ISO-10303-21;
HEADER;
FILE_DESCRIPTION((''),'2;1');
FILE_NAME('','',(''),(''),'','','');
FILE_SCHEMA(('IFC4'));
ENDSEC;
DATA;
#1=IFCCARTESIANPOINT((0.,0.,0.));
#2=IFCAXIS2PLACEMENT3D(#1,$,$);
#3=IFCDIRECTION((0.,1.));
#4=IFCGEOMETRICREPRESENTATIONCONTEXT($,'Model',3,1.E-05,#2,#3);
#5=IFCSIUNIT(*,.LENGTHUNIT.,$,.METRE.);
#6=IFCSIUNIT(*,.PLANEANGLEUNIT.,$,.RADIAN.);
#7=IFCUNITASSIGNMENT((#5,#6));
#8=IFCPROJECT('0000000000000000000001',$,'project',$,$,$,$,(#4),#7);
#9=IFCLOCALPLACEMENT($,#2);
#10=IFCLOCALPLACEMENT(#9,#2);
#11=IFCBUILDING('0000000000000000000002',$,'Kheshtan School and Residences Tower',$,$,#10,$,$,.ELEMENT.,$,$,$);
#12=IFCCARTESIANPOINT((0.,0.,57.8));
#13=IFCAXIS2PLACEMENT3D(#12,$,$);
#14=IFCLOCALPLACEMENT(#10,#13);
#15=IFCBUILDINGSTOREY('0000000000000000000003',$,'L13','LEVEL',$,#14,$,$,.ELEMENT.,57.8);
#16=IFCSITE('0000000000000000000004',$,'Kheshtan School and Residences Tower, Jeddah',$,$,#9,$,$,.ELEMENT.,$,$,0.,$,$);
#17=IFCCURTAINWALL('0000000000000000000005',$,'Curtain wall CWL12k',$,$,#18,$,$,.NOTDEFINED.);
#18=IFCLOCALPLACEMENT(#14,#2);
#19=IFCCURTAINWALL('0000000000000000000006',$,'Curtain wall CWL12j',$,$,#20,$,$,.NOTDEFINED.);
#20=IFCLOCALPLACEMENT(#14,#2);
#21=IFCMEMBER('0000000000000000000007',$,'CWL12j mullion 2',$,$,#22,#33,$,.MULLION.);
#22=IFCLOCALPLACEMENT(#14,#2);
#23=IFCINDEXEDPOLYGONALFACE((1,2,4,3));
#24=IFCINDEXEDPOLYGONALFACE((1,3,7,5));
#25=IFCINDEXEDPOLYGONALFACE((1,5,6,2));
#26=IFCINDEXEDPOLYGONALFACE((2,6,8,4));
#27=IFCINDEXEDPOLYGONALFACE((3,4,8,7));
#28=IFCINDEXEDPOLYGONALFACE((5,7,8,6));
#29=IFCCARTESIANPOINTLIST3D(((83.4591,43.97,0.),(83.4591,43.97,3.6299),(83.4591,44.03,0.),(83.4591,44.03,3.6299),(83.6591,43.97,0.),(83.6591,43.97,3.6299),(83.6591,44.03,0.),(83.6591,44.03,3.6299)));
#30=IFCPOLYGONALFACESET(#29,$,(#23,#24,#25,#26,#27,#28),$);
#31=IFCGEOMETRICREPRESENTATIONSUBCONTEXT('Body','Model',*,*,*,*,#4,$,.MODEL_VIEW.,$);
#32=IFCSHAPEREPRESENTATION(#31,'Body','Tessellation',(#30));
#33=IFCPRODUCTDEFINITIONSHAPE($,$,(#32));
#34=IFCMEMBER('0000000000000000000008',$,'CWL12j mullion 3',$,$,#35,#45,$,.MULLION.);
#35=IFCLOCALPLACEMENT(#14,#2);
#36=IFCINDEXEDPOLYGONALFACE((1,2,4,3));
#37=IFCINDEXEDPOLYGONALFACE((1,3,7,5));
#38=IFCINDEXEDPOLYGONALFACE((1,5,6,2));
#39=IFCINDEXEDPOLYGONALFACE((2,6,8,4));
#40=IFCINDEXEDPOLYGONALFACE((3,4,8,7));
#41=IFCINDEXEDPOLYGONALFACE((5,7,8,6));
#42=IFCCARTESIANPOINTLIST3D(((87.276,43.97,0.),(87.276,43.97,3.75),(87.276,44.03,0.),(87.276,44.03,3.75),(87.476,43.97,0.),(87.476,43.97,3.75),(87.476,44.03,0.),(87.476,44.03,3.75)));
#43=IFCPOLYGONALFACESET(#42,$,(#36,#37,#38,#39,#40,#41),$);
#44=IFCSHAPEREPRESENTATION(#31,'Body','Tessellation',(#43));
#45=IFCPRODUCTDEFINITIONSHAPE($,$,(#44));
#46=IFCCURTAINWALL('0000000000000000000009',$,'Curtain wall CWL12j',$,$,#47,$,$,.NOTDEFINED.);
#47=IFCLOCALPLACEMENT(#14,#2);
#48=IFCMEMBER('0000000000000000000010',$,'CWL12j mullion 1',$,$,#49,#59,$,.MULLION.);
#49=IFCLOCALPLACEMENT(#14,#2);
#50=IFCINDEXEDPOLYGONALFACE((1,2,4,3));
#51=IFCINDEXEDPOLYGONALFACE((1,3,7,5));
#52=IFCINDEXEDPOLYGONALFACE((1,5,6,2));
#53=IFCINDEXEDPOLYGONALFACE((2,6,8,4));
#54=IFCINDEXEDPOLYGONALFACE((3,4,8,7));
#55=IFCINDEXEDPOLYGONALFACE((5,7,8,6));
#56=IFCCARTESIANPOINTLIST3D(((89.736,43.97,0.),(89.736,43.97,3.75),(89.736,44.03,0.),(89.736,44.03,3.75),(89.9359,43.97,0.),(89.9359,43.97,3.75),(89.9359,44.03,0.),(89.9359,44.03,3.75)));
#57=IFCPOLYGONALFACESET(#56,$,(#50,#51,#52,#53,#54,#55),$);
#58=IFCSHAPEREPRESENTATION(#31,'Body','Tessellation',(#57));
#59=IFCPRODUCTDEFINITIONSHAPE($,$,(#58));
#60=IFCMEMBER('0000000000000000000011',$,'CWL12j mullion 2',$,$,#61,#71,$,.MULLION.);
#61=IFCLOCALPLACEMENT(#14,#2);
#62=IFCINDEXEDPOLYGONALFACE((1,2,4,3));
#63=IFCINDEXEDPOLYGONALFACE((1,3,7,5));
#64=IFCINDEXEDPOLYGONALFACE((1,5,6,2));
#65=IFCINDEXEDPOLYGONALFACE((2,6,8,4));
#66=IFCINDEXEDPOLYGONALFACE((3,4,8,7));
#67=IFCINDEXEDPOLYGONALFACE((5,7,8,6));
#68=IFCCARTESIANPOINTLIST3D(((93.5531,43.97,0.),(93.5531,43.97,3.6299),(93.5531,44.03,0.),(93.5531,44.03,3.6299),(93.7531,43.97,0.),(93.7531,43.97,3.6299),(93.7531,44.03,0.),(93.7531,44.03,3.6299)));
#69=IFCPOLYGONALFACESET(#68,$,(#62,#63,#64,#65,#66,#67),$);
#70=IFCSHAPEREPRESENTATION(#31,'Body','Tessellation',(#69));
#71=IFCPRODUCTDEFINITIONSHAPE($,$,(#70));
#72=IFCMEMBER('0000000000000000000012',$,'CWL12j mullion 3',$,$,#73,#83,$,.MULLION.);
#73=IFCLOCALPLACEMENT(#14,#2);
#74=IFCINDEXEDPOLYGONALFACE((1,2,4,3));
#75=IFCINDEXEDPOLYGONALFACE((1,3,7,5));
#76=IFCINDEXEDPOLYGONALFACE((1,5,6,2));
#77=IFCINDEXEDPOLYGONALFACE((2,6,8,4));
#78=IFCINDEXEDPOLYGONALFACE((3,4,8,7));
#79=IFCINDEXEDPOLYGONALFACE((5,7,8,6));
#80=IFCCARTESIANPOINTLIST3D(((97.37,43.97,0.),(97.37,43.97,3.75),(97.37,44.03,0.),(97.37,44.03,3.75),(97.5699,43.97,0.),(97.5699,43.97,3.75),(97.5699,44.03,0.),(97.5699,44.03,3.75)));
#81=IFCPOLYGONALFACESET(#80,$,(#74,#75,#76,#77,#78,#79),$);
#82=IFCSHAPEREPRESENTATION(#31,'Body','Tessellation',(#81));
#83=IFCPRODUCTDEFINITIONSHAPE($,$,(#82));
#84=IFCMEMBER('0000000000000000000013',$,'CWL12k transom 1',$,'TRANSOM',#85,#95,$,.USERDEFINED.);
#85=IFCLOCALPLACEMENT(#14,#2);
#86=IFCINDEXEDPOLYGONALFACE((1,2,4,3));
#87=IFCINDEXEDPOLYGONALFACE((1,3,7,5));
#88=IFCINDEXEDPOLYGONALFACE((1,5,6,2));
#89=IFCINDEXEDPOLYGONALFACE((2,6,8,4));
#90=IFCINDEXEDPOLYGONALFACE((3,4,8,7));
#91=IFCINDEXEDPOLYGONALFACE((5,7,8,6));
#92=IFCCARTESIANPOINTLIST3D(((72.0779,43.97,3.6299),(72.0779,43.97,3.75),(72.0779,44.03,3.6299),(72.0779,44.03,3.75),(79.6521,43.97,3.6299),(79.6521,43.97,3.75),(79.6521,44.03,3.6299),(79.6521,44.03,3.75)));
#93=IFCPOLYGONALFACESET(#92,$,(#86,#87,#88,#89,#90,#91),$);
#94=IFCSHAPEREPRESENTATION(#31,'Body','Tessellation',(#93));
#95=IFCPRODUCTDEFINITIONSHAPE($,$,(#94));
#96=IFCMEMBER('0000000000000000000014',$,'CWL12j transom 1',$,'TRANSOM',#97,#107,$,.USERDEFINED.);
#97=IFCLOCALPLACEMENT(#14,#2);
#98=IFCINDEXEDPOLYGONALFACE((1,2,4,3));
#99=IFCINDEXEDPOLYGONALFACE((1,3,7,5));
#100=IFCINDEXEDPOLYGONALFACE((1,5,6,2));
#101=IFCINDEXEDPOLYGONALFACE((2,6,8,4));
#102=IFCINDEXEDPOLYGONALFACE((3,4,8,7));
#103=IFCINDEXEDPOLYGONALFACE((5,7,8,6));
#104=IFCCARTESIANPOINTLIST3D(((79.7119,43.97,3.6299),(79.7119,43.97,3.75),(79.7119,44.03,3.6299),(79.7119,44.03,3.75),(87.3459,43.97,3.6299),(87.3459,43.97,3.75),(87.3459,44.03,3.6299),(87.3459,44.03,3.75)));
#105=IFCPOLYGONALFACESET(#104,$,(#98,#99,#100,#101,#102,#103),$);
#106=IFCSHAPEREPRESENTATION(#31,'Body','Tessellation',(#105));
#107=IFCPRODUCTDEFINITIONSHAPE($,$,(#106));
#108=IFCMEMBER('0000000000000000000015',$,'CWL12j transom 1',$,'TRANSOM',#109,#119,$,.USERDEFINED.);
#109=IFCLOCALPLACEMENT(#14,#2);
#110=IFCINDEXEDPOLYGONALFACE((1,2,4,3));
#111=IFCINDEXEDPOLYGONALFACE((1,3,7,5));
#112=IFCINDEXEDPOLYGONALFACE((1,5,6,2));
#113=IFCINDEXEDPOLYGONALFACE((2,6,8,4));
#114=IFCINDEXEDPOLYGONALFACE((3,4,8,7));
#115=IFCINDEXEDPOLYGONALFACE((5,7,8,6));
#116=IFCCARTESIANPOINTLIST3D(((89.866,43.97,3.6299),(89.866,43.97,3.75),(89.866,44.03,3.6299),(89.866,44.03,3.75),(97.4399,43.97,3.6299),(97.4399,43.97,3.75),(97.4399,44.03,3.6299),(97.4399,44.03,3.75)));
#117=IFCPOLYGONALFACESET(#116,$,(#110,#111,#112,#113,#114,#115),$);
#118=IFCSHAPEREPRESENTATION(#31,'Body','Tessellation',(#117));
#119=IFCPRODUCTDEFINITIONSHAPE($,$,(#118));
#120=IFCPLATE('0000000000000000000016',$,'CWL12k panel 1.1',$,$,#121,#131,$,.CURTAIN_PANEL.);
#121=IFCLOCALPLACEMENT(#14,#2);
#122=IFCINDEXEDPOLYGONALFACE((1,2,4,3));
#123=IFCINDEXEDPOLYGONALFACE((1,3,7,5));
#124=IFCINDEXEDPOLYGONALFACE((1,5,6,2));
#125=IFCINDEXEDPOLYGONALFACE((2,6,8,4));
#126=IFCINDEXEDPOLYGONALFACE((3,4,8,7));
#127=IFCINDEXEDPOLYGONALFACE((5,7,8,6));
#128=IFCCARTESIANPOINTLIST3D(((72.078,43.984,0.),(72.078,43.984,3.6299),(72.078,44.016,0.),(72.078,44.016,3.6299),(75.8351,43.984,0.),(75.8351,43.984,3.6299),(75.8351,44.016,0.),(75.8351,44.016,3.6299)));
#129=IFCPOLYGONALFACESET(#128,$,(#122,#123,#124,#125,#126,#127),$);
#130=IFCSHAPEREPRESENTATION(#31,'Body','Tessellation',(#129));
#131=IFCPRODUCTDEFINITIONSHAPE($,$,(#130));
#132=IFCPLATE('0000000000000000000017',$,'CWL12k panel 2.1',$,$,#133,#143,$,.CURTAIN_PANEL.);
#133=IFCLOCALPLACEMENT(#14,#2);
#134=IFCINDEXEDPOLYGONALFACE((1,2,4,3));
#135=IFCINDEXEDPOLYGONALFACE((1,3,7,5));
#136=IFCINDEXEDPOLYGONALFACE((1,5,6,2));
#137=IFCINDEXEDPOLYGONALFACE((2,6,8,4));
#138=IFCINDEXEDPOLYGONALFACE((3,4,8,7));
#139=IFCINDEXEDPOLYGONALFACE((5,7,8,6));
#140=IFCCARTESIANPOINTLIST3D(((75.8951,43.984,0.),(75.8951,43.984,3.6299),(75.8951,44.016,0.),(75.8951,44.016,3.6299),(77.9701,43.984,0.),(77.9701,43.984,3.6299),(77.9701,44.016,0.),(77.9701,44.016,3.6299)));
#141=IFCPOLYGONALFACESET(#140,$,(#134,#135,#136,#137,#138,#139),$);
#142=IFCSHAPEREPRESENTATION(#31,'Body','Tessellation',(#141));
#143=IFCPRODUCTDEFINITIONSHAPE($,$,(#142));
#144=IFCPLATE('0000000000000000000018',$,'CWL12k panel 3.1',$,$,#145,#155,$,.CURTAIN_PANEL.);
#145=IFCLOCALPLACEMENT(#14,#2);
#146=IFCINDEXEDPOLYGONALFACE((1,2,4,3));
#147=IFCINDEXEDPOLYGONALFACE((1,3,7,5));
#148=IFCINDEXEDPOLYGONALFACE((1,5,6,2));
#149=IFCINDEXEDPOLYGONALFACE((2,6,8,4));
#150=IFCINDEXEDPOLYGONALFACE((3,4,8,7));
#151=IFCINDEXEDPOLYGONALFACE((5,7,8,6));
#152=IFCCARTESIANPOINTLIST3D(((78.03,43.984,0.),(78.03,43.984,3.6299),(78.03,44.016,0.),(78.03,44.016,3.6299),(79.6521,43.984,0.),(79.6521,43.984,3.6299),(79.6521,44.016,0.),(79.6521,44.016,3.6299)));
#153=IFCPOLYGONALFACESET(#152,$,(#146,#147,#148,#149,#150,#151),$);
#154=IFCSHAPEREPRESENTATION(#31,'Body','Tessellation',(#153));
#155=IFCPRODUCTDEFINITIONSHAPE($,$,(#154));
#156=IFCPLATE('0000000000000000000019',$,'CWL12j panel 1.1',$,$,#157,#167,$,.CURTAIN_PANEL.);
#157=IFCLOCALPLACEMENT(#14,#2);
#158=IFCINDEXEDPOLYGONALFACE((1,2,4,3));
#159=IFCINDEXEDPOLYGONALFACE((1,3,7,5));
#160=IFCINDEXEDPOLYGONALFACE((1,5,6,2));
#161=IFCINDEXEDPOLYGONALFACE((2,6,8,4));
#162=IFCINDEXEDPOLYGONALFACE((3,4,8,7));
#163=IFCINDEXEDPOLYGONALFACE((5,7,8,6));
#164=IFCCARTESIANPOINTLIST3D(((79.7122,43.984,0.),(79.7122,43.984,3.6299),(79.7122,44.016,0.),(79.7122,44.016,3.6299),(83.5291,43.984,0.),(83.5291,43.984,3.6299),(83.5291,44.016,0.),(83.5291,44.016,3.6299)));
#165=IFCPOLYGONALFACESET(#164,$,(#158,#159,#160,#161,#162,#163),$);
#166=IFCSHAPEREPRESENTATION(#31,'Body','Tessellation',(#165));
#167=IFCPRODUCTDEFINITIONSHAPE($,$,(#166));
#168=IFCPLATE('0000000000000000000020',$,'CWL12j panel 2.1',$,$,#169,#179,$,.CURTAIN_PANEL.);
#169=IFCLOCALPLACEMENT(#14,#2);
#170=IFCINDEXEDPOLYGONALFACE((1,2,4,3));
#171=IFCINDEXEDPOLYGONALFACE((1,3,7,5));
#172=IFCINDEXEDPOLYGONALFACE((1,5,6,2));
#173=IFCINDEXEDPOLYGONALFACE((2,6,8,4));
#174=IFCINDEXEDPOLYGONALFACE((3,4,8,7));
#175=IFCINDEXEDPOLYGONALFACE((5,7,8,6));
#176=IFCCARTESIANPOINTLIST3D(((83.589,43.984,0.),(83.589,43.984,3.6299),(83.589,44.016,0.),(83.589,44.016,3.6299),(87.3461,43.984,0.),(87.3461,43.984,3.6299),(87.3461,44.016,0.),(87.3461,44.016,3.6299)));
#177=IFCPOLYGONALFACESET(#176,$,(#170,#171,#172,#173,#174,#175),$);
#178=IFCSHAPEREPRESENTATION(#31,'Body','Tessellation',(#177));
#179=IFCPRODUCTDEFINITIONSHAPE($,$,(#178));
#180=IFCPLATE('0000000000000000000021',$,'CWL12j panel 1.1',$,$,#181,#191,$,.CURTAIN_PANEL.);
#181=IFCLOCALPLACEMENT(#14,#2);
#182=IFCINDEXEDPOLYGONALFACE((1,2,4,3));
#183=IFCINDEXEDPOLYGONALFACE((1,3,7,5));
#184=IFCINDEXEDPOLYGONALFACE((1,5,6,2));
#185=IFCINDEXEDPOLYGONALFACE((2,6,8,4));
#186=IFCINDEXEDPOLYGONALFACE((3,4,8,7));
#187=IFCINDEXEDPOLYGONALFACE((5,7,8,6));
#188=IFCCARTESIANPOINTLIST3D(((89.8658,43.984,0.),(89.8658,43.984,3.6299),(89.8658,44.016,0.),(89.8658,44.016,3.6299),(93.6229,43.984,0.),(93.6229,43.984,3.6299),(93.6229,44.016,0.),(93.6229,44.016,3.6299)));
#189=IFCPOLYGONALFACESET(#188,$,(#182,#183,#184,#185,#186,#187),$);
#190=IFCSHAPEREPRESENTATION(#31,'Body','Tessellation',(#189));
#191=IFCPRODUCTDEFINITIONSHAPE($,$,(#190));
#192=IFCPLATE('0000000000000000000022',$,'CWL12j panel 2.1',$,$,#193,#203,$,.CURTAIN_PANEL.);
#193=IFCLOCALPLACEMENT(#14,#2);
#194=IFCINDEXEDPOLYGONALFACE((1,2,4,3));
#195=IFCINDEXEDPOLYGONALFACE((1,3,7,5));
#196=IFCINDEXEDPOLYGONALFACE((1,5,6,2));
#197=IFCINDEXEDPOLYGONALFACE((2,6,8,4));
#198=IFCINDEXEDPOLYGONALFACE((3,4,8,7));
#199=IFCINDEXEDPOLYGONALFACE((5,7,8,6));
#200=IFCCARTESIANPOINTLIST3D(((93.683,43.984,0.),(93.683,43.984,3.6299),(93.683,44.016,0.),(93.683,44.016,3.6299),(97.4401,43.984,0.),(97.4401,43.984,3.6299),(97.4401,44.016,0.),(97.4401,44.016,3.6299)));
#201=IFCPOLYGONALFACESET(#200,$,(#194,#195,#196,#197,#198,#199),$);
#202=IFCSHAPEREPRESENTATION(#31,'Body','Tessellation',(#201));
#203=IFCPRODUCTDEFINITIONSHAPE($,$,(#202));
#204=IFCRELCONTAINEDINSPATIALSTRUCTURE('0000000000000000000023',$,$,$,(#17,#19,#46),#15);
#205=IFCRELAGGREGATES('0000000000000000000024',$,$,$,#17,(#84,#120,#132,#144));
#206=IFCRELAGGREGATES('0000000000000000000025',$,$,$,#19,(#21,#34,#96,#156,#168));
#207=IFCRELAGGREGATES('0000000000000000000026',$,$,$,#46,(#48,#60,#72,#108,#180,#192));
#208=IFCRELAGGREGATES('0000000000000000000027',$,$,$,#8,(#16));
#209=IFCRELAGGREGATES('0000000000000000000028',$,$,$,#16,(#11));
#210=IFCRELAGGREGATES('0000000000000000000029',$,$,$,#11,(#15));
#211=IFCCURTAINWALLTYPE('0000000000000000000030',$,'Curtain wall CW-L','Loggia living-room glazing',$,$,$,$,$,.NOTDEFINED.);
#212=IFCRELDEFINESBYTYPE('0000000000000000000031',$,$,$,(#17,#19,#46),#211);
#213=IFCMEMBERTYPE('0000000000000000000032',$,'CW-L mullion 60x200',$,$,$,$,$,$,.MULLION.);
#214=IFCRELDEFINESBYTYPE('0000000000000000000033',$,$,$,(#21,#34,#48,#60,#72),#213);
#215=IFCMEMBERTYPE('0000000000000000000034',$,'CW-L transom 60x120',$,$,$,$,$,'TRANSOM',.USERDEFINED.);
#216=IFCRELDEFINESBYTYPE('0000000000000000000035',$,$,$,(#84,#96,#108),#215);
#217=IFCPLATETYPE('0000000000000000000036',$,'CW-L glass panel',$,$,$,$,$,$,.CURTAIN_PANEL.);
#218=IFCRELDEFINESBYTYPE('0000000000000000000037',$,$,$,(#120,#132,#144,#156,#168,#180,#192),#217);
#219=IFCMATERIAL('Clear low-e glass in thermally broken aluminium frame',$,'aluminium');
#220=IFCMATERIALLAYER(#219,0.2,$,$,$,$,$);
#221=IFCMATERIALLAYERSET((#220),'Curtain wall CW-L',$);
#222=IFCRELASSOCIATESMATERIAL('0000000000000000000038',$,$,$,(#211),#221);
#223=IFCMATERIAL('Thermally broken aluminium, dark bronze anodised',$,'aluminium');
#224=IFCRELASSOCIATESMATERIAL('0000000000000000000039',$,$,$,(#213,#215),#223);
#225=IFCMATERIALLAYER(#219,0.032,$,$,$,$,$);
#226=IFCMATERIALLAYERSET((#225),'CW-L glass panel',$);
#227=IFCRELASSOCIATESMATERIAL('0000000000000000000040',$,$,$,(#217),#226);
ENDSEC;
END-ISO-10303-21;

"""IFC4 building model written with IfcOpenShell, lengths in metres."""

from ifc_helpers import new_model, si_unit, direction, frame, origin, origin_2d, place, context, subcontext, project, spatial, rectangle, extrude, material, layer, layer_set, material_profile, profile_set, type_object, element, aggregate, save


model = new_model("IFC4")

# Units and contexts
model_context = context("Model", 3, precision=1e-05, world=origin(), true_north=direction((0.0, 1.0)))
body_context = subcontext(model_context, "Body", "Model", "MODEL_VIEW")
ifc_project = project(units=[si_unit("LENGTHUNIT", "METRE"), si_unit("PLANEANGLEUNIT", "RADIAN")], contexts=[model_context])

# Site, building, storey
site_placement = place(None, origin())
site = spatial("IfcSite", under=ifc_project, at=site_placement, Name="Kheshtan School and Residences Tower, Jeddah", CompositionType="ELEMENT", RefElevation=0.0)
building_placement = place(site_placement, origin())
building = spatial("IfcBuilding", under=site, at=building_placement, Name="Kheshtan School and Residences Tower", CompositionType="ELEMENT")
storey_placement = place(building_placement, frame((0.0, 0.0, 57.8)))
storey = spatial("IfcBuildingStorey", under=building, at=storey_placement, Name="L13", Description="LEVEL", CompositionType="ELEMENT", Elevation=57.8)

# Curtain walls, members
ifc_material_1 = material(Name="Clear low-e glass in thermally broken aluminium frame", Category="aluminium")
ifc_layer_1 = layer(ifc_material_1, 0.2)
ifc_layer_set_1 = layer_set([ifc_layer_1], Name="Curtain wall CW-L")
curtain_wall_type = type_object("IfcCurtainWallType", Name="Curtain wall CW-L", Description="Loggia living-room glazing", PredefinedType="NOTDEFINED", material=ifc_layer_set_1)
curtain_wall_1_placement = place(storey_placement, origin())
curtain_wall_1 = element("IfcCurtainWall", 1, at=curtain_wall_1_placement, inside=storey, type_object=curtain_wall_type, Name="Curtain wall CWL12k", PredefinedType="NOTDEFINED")
ifc_material_2 = material(Name="Thermally broken aluminium, dark bronze anodised", Category="aluminium")
ifc_material_profile_1 = material_profile(ifc_material_2, rectangle(XDim=0.0601, YDim=0.2, at=origin_2d()), Name="CW-L mullion 60x200")
ifc_profile_set_1 = profile_set([ifc_material_profile_1], Name="Thermally broken aluminium, dark bronze anodised")
member_type_1 = type_object("IfcMemberType", Name="CW-L mullion 60x200", PredefinedType="MULLION", material=ifc_profile_set_1)
curtain_wall_2_placement = place(storey_placement, origin())
curtain_wall_2 = element("IfcCurtainWall", 2, at=curtain_wall_2_placement, inside=storey, type_object=curtain_wall_type, Name="Curtain wall CWL12j", PredefinedType="NOTDEFINED")
member_1_placement = place(storey_placement, frame((83.5591, 44.0, 0.0), z_axis=(0.0, 0.0, 1.0), x_axis=(0.0, 1.0, 0.0)))
member_1 = element("IfcMember", 3, at=member_1_placement, type_object=member_type_1, Name="CWL12j mullion 2", PredefinedType="MULLION", context=body_context, shape_type="SweptSolid", body=[
    extrude(rectangle(XDim=0.0601, YDim=0.2, at=origin_2d()), origin(), (0.0, 0.0, 1.0), 3.6299),
])
member_2_placement = place(storey_placement, frame((87.376, 44.0, 0.0), z_axis=(0.0, 0.0, 1.0), x_axis=(0.0, 1.0, 0.0)))
member_2 = element("IfcMember", 4, at=member_2_placement, type_object=member_type_1, Name="CWL12j mullion 3", PredefinedType="MULLION", context=body_context, shape_type="SweptSolid", body=[
    extrude(rectangle(XDim=0.0601, YDim=0.2, at=origin_2d()), origin(), (0.0, 0.0, 1.0), 3.75),
])
curtain_wall_3_placement = place(storey_placement, origin())
curtain_wall_3 = element("IfcCurtainWall", 5, at=curtain_wall_3_placement, inside=storey, type_object=curtain_wall_type, Name="Curtain wall CWL12j", PredefinedType="NOTDEFINED")
member_3_placement = place(storey_placement, frame((89.8359, 44.0, 0.0), z_axis=(0.0, 0.0, 1.0), x_axis=(0.0, 1.0, 0.0)))
member_3 = element("IfcMember", 6, at=member_3_placement, type_object=member_type_1, Name="CWL12j mullion 1", PredefinedType="MULLION", context=body_context, shape_type="SweptSolid", body=[
    extrude(rectangle(XDim=0.0601, YDim=0.2, at=origin_2d()), origin(), (0.0, 0.0, 1.0), 3.75),
])
member_4_placement = place(storey_placement, frame((93.6531, 44.0, 0.0), z_axis=(0.0, 0.0, 1.0), x_axis=(0.0, 1.0, 0.0)))
member_4 = element("IfcMember", 7, at=member_4_placement, type_object=member_type_1, Name="CWL12j mullion 2", PredefinedType="MULLION", context=body_context, shape_type="SweptSolid", body=[
    extrude(rectangle(XDim=0.0601, YDim=0.2, at=origin_2d()), origin(), (0.0, 0.0, 1.0), 3.6299),
])
member_5_placement = place(storey_placement, frame((97.47, 44.0, 0.0), z_axis=(0.0, 0.0, 1.0), x_axis=(0.0, 1.0, 0.0)))
member_5 = element("IfcMember", 8, at=member_5_placement, type_object=member_type_1, Name="CWL12j mullion 3", PredefinedType="MULLION", context=body_context, shape_type="SweptSolid", body=[
    extrude(rectangle(XDim=0.0601, YDim=0.2, at=origin_2d()), origin(), (0.0, 0.0, 1.0), 3.75),
])

# Members
ifc_material_profile_2 = material_profile(ifc_material_2, rectangle(XDim=0.0601, YDim=0.1201, at=origin_2d()), Name="CW-L transom 60x120")
ifc_profile_set_2 = profile_set([ifc_material_profile_2], Name="Thermally broken aluminium, dark bronze anodised")
member_type_2 = type_object("IfcMemberType", Name="CW-L transom 60x120", ElementType="TRANSOM", PredefinedType="USERDEFINED", material=ifc_profile_set_2)
member_6_placement = place(storey_placement, frame((72.0779, 44.0, 3.6899), z_axis=(1.0, 0.0, 0.0), x_axis=(0.0, 1.0, 0.0)))
member_6 = element("IfcMember", 9, at=member_6_placement, type_object=member_type_2, Name="CWL12k transom 1", ObjectType="TRANSOM", PredefinedType="USERDEFINED", context=body_context, shape_type="SweptSolid", body=[
    extrude(rectangle(XDim=0.0601, YDim=0.1201, at=origin_2d()), origin(), (0.0, 0.0, 1.0), 7.5742),
])
member_7_placement = place(storey_placement, frame((79.7119, 44.0, 3.6899), z_axis=(1.0, 0.0, 0.0), x_axis=(0.0, 1.0, 0.0)))
member_7 = element("IfcMember", 10, at=member_7_placement, type_object=member_type_2, Name="CWL12j transom 1", ObjectType="TRANSOM", PredefinedType="USERDEFINED", context=body_context, shape_type="SweptSolid", body=[
    extrude(rectangle(XDim=0.0601, YDim=0.1201, at=origin_2d()), origin(), (0.0, 0.0, 1.0), 7.634),
])
member_8_placement = place(storey_placement, frame((89.866, 44.0, 3.6899), z_axis=(1.0, 0.0, 0.0), x_axis=(0.0, 1.0, 0.0)))
member_8 = element("IfcMember", 11, at=member_8_placement, type_object=member_type_2, Name="CWL12j transom 1", ObjectType="TRANSOM", PredefinedType="USERDEFINED", context=body_context, shape_type="SweptSolid", body=[
    extrude(rectangle(XDim=0.0601, YDim=0.1201, at=origin_2d()), origin(), (0.0, 0.0, 1.0), 7.574),
])

# Plates
ifc_layer_2 = layer(ifc_material_1, 0.032)
ifc_layer_set_2 = layer_set([ifc_layer_2], Name="CW-L glass panel")
plate_type = type_object("IfcPlateType", Name="CW-L glass panel", PredefinedType="CURTAIN_PANEL", material=ifc_layer_set_2)
plate_1_placement = place(storey_placement, frame((73.9565, 44.0, 0.0), z_axis=(0.0, 0.0, 1.0), x_axis=(1.0, 0.0, 0.0)))
plate_1 = element("IfcPlate", 12, at=plate_1_placement, type_object=plate_type, Name="CWL12k panel 1.1", PredefinedType="CURTAIN_PANEL", context=body_context, shape_type="SweptSolid", body=[
    extrude(rectangle(XDim=3.7571, YDim=0.032, at=origin_2d()), origin(), (0.0, 0.0, 1.0), 3.6299),
])
plate_2_placement = place(storey_placement, frame((76.9326, 44.0, 0.0), z_axis=(0.0, 0.0, 1.0), x_axis=(1.0, 0.0, 0.0)))
plate_2 = element("IfcPlate", 13, at=plate_2_placement, type_object=plate_type, Name="CWL12k panel 2.1", PredefinedType="CURTAIN_PANEL", context=body_context, shape_type="SweptSolid", body=[
    extrude(rectangle(XDim=2.075, YDim=0.032, at=origin_2d()), origin(), (0.0, 0.0, 1.0), 3.6299),
])
plate_3_placement = place(storey_placement, frame((78.8411, 44.0, 0.0), z_axis=(0.0, 0.0, 1.0), x_axis=(1.0, 0.0, 0.0)))
plate_3 = element("IfcPlate", 14, at=plate_3_placement, type_object=plate_type, Name="CWL12k panel 3.1", PredefinedType="CURTAIN_PANEL", context=body_context, shape_type="SweptSolid", body=[
    extrude(rectangle(XDim=1.6221, YDim=0.032, at=origin_2d()), origin(), (0.0, 0.0, 1.0), 3.6299),
])
aggregate(curtain_wall_1, [member_6, plate_1, plate_2, plate_3])
plate_4_placement = place(storey_placement, frame((81.6206, 44.0, 0.0), z_axis=(0.0, 0.0, 1.0), x_axis=(1.0, 0.0, 0.0)))
plate_4 = element("IfcPlate", 15, at=plate_4_placement, type_object=plate_type, Name="CWL12j panel 1.1", PredefinedType="CURTAIN_PANEL", context=body_context, shape_type="SweptSolid", body=[
    extrude(rectangle(XDim=3.8169, YDim=0.032, at=origin_2d()), origin(), (0.0, 0.0, 1.0), 3.6299),
])
plate_5_placement = place(storey_placement, frame((85.4675, 44.0, 0.0), z_axis=(0.0, 0.0, 1.0), x_axis=(1.0, 0.0, 0.0)))
plate_5 = element("IfcPlate", 16, at=plate_5_placement, type_object=plate_type, Name="CWL12j panel 2.1", PredefinedType="CURTAIN_PANEL", context=body_context, shape_type="SweptSolid", body=[
    extrude(rectangle(XDim=3.7571, YDim=0.032, at=origin_2d()), origin(), (0.0, 0.0, 1.0), 3.6299),
])
aggregate(curtain_wall_2, [member_1, member_2, member_7, plate_4, plate_5])
plate_6_placement = place(storey_placement, frame((91.7444, 44.0, 0.0), z_axis=(0.0, 0.0, 1.0), x_axis=(1.0, 0.0, 0.0)))
plate_6 = element("IfcPlate", 17, at=plate_6_placement, type_object=plate_type, Name="CWL12j panel 1.1", PredefinedType="CURTAIN_PANEL", context=body_context, shape_type="SweptSolid", body=[
    extrude(rectangle(XDim=3.7571, YDim=0.032, at=origin_2d()), origin(), (0.0, 0.0, 1.0), 3.6299),
])
plate_7_placement = place(storey_placement, frame((95.5615, 44.0, 0.0), z_axis=(0.0, 0.0, 1.0), x_axis=(1.0, 0.0, 0.0)))
plate_7 = element("IfcPlate", 18, at=plate_7_placement, type_object=plate_type, Name="CWL12j panel 2.1", PredefinedType="CURTAIN_PANEL", context=body_context, shape_type="SweptSolid", body=[
    extrude(rectangle(XDim=3.7571, YDim=0.032, at=origin_2d()), origin(), (0.0, 0.0, 1.0), 3.6299),
])
aggregate(curtain_wall_3, [member_3, member_4, member_5, member_8, plate_6, plate_7])

save(model, "model.ifc")
